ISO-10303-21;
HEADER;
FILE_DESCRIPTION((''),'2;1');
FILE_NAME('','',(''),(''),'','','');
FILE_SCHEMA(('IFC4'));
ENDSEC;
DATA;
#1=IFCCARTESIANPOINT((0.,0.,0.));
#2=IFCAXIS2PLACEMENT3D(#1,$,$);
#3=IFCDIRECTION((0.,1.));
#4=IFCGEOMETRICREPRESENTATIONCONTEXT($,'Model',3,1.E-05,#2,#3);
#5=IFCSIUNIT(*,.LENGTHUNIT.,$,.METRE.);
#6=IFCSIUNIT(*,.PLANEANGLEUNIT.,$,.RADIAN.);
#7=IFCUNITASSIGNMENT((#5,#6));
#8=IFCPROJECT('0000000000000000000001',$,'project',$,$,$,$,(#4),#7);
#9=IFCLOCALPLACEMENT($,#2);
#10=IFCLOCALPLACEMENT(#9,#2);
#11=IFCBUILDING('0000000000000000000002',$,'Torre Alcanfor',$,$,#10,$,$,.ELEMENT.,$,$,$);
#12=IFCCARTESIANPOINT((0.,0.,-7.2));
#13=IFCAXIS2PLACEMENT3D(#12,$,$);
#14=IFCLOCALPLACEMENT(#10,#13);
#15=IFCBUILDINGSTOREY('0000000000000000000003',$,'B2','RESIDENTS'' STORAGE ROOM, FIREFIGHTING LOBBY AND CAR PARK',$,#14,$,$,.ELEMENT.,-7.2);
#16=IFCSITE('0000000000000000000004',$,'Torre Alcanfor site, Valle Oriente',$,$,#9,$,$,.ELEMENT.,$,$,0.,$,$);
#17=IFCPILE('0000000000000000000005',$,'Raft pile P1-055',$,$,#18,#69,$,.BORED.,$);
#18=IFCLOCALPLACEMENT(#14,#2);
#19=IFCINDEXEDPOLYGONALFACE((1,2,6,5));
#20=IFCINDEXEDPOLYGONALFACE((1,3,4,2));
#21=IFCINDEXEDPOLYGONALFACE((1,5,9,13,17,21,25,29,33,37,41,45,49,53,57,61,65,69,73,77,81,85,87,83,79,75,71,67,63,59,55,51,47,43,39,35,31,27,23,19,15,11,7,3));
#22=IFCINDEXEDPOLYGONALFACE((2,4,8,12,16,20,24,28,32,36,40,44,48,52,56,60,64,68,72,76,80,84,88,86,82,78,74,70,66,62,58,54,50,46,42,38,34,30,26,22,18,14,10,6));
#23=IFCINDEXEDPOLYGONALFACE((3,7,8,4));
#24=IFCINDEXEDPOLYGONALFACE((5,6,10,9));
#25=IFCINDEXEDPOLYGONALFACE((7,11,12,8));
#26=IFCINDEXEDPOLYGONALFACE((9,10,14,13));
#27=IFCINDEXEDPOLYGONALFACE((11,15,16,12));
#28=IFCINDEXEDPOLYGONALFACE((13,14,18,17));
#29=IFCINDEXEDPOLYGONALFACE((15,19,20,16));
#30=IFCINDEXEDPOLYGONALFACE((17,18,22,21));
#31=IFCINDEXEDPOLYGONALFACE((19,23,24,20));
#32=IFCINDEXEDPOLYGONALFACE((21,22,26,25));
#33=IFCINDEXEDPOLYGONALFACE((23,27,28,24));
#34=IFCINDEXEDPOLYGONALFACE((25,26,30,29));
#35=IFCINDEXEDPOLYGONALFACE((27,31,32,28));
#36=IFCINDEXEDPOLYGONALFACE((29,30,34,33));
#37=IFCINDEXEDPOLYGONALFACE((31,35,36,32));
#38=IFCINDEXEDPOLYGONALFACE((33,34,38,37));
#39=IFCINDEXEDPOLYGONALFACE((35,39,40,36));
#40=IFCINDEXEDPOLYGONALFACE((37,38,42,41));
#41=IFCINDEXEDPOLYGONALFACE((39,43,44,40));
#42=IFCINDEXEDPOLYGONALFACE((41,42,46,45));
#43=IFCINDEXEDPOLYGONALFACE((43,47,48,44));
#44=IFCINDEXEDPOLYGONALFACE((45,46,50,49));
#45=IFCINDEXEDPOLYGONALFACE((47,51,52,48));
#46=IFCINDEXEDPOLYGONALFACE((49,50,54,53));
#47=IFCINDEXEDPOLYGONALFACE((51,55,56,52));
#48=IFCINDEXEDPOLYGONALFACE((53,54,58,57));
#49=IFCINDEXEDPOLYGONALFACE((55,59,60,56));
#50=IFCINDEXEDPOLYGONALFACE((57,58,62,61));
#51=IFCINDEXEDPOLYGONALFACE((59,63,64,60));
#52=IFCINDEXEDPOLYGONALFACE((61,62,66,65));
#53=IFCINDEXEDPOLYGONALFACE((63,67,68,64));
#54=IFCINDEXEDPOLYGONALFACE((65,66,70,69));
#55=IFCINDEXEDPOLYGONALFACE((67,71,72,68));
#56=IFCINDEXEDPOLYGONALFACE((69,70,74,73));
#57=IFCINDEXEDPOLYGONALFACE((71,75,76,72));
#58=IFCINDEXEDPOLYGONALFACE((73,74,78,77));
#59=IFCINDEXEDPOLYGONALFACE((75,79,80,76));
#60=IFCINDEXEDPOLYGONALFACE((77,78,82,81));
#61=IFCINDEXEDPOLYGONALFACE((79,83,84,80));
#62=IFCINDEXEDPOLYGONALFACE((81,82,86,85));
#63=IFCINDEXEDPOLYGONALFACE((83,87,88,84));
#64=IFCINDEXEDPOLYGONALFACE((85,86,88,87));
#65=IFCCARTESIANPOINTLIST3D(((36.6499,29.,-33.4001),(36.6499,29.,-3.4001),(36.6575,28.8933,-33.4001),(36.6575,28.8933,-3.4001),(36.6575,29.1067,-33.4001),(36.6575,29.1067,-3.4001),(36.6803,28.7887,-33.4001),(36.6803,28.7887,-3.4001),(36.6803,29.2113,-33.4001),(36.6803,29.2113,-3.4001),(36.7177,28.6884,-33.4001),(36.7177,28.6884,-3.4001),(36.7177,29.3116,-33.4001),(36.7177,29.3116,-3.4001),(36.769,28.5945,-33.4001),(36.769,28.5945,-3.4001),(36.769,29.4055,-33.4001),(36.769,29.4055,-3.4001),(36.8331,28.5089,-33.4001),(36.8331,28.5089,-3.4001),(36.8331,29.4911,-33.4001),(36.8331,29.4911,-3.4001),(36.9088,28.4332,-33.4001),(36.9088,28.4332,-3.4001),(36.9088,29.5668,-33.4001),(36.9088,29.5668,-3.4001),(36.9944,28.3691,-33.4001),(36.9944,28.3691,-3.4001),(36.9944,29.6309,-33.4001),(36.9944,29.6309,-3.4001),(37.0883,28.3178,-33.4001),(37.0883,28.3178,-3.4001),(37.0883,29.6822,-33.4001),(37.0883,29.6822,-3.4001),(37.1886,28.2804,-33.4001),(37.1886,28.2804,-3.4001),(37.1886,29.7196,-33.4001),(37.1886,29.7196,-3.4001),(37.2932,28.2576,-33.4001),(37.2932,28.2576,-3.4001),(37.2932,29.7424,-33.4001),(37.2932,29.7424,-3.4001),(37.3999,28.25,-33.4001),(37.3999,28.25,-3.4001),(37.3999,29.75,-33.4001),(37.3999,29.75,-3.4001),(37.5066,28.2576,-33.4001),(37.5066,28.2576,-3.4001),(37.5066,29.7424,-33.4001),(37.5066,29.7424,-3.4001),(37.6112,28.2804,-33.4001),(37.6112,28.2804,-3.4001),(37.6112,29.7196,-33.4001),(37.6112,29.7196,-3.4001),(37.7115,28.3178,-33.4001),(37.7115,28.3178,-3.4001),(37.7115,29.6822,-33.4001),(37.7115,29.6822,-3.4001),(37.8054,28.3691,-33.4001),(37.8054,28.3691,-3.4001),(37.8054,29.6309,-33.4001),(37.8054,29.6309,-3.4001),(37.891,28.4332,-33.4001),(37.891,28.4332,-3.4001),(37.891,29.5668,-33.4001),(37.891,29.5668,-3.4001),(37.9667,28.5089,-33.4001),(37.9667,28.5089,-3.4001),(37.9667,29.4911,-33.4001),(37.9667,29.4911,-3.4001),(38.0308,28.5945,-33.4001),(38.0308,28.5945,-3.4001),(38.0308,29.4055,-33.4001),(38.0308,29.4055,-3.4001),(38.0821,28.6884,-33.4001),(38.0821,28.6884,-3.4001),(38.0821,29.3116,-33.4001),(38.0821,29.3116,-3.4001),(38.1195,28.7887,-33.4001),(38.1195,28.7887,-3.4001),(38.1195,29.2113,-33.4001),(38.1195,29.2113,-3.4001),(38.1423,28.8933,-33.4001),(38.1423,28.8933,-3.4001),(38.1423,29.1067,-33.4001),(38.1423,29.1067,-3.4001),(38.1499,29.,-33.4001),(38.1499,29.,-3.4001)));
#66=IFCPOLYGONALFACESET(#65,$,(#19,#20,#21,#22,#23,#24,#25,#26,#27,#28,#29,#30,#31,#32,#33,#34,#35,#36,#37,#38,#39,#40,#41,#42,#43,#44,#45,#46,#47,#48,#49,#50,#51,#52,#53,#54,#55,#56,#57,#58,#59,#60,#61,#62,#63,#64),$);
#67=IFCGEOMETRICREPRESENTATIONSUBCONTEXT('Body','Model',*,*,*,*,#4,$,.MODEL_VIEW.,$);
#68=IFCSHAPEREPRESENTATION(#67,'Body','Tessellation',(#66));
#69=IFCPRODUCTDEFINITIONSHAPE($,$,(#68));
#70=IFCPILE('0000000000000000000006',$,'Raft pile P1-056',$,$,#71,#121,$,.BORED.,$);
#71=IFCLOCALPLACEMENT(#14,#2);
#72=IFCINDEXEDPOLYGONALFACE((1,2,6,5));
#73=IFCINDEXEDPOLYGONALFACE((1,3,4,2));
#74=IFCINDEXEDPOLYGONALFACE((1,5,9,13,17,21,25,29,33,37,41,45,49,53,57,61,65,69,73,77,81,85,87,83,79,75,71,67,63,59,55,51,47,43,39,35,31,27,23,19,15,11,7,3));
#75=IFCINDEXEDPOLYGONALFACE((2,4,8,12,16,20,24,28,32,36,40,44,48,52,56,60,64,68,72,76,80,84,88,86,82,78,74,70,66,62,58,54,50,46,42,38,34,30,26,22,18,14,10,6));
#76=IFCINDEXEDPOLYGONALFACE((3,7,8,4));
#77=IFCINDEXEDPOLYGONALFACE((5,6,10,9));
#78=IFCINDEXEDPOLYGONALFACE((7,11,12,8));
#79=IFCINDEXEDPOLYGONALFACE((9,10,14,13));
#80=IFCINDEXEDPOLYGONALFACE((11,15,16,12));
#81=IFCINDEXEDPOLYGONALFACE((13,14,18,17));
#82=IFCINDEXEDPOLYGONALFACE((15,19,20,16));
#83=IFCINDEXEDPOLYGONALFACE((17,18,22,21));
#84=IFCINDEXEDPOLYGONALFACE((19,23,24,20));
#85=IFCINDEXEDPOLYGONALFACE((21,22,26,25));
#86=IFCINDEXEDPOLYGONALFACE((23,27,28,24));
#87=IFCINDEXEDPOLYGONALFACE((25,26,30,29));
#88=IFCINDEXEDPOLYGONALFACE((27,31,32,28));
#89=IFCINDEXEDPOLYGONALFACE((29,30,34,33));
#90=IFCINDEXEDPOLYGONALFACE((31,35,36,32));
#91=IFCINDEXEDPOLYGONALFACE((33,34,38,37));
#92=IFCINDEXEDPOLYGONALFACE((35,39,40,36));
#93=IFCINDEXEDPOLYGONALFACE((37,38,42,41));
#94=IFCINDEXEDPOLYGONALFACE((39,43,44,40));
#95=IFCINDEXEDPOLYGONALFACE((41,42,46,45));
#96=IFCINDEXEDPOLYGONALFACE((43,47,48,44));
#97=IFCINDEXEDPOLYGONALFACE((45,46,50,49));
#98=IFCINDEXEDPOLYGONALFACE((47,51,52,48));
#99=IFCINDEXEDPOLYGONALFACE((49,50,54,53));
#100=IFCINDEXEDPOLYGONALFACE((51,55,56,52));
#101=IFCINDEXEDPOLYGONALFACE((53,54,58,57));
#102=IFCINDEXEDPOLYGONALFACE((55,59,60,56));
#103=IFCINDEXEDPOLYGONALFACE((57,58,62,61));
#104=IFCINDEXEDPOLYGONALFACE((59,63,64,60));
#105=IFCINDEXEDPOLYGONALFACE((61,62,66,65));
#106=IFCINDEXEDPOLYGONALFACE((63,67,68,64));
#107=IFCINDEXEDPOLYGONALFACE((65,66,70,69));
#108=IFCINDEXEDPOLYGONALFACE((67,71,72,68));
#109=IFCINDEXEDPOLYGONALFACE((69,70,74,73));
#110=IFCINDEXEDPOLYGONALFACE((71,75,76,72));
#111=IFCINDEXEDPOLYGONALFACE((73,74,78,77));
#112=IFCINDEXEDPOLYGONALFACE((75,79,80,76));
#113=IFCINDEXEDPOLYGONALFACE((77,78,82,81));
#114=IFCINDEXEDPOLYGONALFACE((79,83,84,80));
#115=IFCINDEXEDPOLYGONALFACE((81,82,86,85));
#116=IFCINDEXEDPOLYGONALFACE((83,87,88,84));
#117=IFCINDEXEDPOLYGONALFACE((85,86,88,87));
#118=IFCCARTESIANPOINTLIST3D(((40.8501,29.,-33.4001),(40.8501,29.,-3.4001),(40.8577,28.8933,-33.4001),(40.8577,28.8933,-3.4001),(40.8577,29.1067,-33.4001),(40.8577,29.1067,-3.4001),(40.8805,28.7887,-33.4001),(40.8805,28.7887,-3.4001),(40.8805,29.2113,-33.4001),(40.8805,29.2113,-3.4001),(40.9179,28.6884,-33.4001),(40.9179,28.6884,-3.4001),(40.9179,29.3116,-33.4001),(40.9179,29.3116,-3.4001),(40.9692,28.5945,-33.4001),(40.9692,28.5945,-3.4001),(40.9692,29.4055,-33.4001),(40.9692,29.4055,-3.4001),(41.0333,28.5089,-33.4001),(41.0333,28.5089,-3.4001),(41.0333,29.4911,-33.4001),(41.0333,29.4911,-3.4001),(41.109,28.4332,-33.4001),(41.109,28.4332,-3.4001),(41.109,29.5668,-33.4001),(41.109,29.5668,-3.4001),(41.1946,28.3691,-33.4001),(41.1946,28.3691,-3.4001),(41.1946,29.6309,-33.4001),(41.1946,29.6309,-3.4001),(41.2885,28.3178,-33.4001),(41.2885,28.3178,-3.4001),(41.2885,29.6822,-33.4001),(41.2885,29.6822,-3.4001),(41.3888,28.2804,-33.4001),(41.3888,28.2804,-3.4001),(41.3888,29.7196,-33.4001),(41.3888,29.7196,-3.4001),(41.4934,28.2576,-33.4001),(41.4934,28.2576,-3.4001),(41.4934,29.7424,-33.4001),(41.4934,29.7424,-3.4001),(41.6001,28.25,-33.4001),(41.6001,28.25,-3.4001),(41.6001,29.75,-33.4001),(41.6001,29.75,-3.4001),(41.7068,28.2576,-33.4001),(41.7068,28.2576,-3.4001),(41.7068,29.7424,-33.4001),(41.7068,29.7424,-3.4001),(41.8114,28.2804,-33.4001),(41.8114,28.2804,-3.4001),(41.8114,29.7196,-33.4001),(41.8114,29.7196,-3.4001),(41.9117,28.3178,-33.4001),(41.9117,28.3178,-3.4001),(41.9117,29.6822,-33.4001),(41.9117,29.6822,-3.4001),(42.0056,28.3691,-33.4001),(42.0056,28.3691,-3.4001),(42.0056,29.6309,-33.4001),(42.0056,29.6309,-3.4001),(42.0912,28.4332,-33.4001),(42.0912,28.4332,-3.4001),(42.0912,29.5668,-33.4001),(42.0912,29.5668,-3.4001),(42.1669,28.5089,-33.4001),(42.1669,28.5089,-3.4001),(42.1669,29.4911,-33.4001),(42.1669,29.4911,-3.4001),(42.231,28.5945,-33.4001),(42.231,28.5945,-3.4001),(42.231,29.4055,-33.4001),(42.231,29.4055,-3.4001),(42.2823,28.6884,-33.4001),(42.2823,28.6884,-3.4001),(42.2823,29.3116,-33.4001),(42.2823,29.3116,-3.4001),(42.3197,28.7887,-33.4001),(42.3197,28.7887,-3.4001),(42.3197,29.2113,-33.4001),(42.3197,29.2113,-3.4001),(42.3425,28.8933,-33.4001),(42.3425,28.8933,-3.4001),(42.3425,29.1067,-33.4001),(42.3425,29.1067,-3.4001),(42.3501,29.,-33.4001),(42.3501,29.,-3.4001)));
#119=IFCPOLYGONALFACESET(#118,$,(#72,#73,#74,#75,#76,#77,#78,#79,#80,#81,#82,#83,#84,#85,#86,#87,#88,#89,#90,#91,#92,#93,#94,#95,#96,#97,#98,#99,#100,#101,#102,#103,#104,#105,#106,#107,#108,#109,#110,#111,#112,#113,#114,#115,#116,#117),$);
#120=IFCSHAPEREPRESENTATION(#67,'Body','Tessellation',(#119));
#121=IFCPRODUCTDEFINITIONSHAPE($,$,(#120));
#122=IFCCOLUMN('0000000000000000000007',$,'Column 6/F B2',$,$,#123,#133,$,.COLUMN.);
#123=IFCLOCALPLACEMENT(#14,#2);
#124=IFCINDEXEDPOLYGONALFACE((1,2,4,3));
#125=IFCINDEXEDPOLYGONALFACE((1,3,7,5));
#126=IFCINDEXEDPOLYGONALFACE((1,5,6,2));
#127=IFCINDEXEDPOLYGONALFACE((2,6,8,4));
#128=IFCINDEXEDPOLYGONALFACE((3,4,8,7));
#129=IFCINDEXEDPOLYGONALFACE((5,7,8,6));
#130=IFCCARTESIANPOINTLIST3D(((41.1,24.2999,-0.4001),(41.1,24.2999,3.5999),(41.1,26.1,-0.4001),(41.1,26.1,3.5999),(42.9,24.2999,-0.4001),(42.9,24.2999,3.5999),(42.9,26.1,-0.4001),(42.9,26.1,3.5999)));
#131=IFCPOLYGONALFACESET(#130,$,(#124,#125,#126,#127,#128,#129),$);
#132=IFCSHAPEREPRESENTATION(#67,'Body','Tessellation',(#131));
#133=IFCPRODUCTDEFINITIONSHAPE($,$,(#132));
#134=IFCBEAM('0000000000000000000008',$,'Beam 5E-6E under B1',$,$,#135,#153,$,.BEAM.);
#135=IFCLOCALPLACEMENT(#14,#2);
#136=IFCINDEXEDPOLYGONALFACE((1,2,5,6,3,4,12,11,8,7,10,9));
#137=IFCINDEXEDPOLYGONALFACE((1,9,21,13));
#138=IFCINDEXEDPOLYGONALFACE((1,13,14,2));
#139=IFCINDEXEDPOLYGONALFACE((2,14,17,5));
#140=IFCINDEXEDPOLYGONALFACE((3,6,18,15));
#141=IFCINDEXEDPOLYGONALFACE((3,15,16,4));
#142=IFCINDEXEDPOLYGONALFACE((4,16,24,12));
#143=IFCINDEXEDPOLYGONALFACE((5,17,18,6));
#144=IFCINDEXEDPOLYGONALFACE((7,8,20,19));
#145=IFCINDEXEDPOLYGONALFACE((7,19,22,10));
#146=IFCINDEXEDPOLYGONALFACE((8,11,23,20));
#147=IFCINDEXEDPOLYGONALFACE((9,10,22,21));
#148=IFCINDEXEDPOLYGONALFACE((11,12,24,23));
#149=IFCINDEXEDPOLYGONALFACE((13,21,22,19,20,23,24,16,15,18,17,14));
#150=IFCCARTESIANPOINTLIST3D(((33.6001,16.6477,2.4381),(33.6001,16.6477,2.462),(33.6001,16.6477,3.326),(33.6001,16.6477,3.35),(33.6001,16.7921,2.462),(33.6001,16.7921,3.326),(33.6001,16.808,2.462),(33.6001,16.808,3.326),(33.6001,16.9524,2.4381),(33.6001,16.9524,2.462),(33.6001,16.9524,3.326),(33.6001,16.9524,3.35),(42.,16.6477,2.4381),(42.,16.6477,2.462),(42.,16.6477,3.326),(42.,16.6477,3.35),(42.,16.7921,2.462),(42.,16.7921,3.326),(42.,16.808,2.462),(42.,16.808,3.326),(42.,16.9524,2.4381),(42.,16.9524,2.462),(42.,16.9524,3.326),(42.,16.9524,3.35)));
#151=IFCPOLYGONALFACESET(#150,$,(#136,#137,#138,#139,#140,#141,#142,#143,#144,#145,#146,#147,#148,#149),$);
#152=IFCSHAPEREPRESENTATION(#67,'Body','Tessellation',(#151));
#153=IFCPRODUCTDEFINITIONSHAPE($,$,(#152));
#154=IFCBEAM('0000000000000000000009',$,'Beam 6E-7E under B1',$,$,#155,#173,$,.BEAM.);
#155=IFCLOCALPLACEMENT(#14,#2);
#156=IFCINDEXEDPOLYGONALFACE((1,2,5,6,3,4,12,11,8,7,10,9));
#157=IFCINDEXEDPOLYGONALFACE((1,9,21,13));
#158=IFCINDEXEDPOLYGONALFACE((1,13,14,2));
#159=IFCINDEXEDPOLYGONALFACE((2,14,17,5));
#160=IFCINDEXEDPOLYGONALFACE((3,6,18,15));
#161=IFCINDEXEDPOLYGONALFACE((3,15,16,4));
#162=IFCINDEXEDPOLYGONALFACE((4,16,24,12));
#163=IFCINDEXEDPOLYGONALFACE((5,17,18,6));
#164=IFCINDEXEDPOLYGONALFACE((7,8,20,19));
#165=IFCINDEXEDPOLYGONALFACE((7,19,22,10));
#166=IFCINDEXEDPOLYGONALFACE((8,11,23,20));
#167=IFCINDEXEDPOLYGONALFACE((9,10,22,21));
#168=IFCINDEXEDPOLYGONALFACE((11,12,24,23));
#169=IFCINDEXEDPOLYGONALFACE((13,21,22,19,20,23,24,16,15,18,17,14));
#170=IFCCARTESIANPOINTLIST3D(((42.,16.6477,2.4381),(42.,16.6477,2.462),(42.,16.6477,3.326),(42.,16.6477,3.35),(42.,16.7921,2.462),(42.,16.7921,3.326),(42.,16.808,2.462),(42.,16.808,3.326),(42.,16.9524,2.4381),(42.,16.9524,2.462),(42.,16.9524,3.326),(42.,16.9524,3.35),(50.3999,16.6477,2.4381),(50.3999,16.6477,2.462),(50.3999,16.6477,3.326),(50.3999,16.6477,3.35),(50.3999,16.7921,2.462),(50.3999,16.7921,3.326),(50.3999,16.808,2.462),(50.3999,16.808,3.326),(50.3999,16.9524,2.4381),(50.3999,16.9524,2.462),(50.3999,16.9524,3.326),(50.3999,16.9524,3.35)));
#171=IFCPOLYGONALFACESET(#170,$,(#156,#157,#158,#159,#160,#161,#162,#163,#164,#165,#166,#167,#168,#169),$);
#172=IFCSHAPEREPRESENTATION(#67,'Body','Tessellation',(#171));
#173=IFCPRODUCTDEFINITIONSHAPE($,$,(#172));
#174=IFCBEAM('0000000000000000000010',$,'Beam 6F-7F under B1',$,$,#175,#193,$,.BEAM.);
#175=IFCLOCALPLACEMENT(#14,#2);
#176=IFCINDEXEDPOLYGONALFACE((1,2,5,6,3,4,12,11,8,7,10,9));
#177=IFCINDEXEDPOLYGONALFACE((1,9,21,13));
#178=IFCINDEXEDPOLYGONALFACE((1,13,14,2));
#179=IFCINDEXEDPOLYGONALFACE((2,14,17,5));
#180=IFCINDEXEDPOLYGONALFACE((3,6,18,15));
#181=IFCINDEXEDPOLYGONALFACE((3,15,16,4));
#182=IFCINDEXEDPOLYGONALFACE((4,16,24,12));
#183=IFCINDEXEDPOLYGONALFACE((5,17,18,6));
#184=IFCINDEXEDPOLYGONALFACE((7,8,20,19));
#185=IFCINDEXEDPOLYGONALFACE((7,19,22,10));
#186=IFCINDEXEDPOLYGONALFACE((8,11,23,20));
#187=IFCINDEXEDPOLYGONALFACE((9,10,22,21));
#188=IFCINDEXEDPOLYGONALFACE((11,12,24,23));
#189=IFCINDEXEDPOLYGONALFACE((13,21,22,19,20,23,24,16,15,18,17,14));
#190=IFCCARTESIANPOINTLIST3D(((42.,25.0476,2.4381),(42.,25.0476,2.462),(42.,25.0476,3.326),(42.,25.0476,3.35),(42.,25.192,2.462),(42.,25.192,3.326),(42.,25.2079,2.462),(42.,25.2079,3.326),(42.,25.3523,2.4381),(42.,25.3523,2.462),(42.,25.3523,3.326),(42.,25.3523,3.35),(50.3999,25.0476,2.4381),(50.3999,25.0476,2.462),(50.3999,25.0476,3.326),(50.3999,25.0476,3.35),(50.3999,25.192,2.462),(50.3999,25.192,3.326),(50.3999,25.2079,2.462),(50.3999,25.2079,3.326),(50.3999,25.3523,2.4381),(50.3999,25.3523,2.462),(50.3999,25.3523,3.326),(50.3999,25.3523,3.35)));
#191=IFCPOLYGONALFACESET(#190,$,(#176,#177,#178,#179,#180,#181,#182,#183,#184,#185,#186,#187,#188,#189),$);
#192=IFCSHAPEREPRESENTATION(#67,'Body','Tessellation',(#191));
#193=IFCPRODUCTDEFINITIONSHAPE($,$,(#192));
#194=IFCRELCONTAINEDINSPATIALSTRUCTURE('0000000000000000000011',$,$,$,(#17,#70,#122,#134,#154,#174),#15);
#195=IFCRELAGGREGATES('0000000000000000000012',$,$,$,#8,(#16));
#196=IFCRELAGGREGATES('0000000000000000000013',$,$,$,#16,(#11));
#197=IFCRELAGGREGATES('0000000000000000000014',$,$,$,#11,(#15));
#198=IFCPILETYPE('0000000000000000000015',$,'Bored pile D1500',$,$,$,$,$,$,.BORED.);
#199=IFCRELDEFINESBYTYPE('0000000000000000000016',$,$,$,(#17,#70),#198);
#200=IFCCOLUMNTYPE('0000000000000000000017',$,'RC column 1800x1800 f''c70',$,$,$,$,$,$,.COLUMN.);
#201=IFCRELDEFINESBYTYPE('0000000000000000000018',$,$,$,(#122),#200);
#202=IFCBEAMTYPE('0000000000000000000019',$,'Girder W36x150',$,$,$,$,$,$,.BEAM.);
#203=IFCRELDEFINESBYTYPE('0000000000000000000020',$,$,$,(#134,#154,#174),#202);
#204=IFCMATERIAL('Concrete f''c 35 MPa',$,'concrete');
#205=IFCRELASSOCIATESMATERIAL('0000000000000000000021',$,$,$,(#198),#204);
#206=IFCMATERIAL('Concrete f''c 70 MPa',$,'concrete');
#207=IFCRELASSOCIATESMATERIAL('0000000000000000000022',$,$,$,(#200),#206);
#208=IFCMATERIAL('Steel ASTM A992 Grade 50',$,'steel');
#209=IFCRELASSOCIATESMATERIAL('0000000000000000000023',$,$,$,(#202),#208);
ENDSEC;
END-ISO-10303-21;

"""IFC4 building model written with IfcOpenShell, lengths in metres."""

from ifc_helpers import new_model, si_unit, direction, frame, origin, origin_2d, place, context, subcontext, project, spatial, rectangle, circle, i_section, extrude, material, material_profile, profile_set, type_object, element, save


model = new_model("IFC4")

# Units and contexts
model_context = context("Model", 3, precision=1e-05, world=origin(), true_north=direction((0.0, 1.0)))
body_context = subcontext(model_context, "Body", "Model", "MODEL_VIEW")
ifc_project = project(units=[si_unit("LENGTHUNIT", "METRE"), si_unit("PLANEANGLEUNIT", "RADIAN")], contexts=[model_context])

# Site, building, storey
site_placement = place(None, origin())
site = spatial("IfcSite", under=ifc_project, at=site_placement, Name="Torre Alcanfor site, Valle Oriente", CompositionType="ELEMENT", RefElevation=0.0)
building_placement = place(site_placement, origin())
building = spatial("IfcBuilding", under=site, at=building_placement, Name="Torre Alcanfor", CompositionType="ELEMENT")
storey_placement = place(building_placement, frame((0.0, 0.0, -7.2)))
storey = spatial("IfcBuildingStorey", under=building, at=storey_placement, Name="B2", Description="RESIDENTS' STORAGE ROOM, FIREFIGHTING LOBBY AND CAR PARK", CompositionType="ELEMENT", Elevation=-7.2)

# Piles
ifc_material_1 = material(Name="Concrete f'c 35 MPa", Category="concrete")
ifc_material_profile_1 = material_profile(ifc_material_1, circle(Radius=0.75, at=origin_2d()), Name="D1500")
ifc_profile_set_1 = profile_set([ifc_material_profile_1], Name="Concrete f'c 35 MPa")
pile_type = type_object("IfcPileType", Name="Bored pile D1500", PredefinedType="BORED", material=ifc_profile_set_1)
for number, where, z_axis, x_axis, name in (
    (1, (37.3999, 29.0, -3.4001), (0.0, 0.0, -1.0), (1.0, 0.0, 0.0), "Raft pile P1-055"),
    (2, (41.6001, 29.0, -3.4001), (0.0, 0.0, -1.0), (1.0, 0.0, 0.0), "Raft pile P1-056"),
):
    element("IfcPile", number, at=place(storey_placement, frame(where, z_axis=z_axis, x_axis=x_axis)), inside=storey, type_object=pile_type, Name=name, PredefinedType="BORED", context=body_context, shape_type="SweptSolid", body=[
        extrude(circle(Radius=0.75, at=origin_2d()), origin(), (0.0, 0.0, 1.0), 30.0),
    ])

# Column
ifc_material_2 = material(Name="Concrete f'c 70 MPa", Category="concrete")
ifc_material_profile_2 = material_profile(ifc_material_2, rectangle(XDim=1.8, YDim=1.8, at=origin_2d()), Name="1800x1800")
ifc_profile_set_2 = profile_set([ifc_material_profile_2], Name="Concrete f'c 70 MPa")
column_type = type_object("IfcColumnType", Name="RC column 1800x1800 f'c70", PredefinedType="COLUMN", material=ifc_profile_set_2)
column_placement = place(storey_placement, frame((42.0, 25.2, -0.4001), z_axis=(0.0, 0.0, 1.0), x_axis=(1.0, 0.0, 0.0)))
element("IfcColumn", 3, at=column_placement, inside=storey, type_object=column_type, Name="Column 6/F B2", PredefinedType="COLUMN", context=body_context, shape_type="SweptSolid", body=[
    extrude(rectangle(XDim=1.8, YDim=1.8, at=origin_2d()), origin(), (0.0, 0.0, 1.0), 4.0),
])

# Beams
ifc_material_3 = material(Name="Steel ASTM A992 Grade 50", Category="steel")
ifc_material_profile_3 = material_profile(ifc_material_3, i_section(OverallWidth=0.3047, OverallDepth=0.9119, WebThickness=0.0159, FlangeThickness=0.0239, at=origin_2d()), Name="W36x150")
ifc_profile_set_3 = profile_set([ifc_material_profile_3], Name="Steel ASTM A992 Grade 50")
beam_type_1 = type_object("IfcBeamType", Name="Girder W36x150", PredefinedType="BEAM", material=ifc_profile_set_3)
for number, where, z_axis, x_axis, name in (
    (4, (33.6001, 16.8, 2.894), (1.0, 0.0, 0.0), (0.0, 1.0, 0.0), "Beam 5E-6E under B1"),
    (5, (42.0, 16.8, 2.894), (1.0, 0.0, 0.0), (0.0, 1.0, 0.0), "Beam 6E-7E under B1"),
    (6, (42.0, 25.2, 2.894), (1.0, 0.0, 0.0), (0.0, 1.0, 0.0), "Beam 6F-7F under B1"),
):
    element("IfcBeam", number, at=place(storey_placement, frame(where, z_axis=z_axis, x_axis=x_axis)), inside=storey, type_object=beam_type_1, Name=name, PredefinedType="BEAM", context=body_context, shape_type="SweptSolid", body=[
        extrude(i_section(OverallWidth=0.3047, OverallDepth=0.9119, WebThickness=0.0159, FlangeThickness=0.0239, at=origin_2d()), origin(), (0.0, 0.0, 1.0), 8.3999),
    ])

save(model, "model.ifc")
